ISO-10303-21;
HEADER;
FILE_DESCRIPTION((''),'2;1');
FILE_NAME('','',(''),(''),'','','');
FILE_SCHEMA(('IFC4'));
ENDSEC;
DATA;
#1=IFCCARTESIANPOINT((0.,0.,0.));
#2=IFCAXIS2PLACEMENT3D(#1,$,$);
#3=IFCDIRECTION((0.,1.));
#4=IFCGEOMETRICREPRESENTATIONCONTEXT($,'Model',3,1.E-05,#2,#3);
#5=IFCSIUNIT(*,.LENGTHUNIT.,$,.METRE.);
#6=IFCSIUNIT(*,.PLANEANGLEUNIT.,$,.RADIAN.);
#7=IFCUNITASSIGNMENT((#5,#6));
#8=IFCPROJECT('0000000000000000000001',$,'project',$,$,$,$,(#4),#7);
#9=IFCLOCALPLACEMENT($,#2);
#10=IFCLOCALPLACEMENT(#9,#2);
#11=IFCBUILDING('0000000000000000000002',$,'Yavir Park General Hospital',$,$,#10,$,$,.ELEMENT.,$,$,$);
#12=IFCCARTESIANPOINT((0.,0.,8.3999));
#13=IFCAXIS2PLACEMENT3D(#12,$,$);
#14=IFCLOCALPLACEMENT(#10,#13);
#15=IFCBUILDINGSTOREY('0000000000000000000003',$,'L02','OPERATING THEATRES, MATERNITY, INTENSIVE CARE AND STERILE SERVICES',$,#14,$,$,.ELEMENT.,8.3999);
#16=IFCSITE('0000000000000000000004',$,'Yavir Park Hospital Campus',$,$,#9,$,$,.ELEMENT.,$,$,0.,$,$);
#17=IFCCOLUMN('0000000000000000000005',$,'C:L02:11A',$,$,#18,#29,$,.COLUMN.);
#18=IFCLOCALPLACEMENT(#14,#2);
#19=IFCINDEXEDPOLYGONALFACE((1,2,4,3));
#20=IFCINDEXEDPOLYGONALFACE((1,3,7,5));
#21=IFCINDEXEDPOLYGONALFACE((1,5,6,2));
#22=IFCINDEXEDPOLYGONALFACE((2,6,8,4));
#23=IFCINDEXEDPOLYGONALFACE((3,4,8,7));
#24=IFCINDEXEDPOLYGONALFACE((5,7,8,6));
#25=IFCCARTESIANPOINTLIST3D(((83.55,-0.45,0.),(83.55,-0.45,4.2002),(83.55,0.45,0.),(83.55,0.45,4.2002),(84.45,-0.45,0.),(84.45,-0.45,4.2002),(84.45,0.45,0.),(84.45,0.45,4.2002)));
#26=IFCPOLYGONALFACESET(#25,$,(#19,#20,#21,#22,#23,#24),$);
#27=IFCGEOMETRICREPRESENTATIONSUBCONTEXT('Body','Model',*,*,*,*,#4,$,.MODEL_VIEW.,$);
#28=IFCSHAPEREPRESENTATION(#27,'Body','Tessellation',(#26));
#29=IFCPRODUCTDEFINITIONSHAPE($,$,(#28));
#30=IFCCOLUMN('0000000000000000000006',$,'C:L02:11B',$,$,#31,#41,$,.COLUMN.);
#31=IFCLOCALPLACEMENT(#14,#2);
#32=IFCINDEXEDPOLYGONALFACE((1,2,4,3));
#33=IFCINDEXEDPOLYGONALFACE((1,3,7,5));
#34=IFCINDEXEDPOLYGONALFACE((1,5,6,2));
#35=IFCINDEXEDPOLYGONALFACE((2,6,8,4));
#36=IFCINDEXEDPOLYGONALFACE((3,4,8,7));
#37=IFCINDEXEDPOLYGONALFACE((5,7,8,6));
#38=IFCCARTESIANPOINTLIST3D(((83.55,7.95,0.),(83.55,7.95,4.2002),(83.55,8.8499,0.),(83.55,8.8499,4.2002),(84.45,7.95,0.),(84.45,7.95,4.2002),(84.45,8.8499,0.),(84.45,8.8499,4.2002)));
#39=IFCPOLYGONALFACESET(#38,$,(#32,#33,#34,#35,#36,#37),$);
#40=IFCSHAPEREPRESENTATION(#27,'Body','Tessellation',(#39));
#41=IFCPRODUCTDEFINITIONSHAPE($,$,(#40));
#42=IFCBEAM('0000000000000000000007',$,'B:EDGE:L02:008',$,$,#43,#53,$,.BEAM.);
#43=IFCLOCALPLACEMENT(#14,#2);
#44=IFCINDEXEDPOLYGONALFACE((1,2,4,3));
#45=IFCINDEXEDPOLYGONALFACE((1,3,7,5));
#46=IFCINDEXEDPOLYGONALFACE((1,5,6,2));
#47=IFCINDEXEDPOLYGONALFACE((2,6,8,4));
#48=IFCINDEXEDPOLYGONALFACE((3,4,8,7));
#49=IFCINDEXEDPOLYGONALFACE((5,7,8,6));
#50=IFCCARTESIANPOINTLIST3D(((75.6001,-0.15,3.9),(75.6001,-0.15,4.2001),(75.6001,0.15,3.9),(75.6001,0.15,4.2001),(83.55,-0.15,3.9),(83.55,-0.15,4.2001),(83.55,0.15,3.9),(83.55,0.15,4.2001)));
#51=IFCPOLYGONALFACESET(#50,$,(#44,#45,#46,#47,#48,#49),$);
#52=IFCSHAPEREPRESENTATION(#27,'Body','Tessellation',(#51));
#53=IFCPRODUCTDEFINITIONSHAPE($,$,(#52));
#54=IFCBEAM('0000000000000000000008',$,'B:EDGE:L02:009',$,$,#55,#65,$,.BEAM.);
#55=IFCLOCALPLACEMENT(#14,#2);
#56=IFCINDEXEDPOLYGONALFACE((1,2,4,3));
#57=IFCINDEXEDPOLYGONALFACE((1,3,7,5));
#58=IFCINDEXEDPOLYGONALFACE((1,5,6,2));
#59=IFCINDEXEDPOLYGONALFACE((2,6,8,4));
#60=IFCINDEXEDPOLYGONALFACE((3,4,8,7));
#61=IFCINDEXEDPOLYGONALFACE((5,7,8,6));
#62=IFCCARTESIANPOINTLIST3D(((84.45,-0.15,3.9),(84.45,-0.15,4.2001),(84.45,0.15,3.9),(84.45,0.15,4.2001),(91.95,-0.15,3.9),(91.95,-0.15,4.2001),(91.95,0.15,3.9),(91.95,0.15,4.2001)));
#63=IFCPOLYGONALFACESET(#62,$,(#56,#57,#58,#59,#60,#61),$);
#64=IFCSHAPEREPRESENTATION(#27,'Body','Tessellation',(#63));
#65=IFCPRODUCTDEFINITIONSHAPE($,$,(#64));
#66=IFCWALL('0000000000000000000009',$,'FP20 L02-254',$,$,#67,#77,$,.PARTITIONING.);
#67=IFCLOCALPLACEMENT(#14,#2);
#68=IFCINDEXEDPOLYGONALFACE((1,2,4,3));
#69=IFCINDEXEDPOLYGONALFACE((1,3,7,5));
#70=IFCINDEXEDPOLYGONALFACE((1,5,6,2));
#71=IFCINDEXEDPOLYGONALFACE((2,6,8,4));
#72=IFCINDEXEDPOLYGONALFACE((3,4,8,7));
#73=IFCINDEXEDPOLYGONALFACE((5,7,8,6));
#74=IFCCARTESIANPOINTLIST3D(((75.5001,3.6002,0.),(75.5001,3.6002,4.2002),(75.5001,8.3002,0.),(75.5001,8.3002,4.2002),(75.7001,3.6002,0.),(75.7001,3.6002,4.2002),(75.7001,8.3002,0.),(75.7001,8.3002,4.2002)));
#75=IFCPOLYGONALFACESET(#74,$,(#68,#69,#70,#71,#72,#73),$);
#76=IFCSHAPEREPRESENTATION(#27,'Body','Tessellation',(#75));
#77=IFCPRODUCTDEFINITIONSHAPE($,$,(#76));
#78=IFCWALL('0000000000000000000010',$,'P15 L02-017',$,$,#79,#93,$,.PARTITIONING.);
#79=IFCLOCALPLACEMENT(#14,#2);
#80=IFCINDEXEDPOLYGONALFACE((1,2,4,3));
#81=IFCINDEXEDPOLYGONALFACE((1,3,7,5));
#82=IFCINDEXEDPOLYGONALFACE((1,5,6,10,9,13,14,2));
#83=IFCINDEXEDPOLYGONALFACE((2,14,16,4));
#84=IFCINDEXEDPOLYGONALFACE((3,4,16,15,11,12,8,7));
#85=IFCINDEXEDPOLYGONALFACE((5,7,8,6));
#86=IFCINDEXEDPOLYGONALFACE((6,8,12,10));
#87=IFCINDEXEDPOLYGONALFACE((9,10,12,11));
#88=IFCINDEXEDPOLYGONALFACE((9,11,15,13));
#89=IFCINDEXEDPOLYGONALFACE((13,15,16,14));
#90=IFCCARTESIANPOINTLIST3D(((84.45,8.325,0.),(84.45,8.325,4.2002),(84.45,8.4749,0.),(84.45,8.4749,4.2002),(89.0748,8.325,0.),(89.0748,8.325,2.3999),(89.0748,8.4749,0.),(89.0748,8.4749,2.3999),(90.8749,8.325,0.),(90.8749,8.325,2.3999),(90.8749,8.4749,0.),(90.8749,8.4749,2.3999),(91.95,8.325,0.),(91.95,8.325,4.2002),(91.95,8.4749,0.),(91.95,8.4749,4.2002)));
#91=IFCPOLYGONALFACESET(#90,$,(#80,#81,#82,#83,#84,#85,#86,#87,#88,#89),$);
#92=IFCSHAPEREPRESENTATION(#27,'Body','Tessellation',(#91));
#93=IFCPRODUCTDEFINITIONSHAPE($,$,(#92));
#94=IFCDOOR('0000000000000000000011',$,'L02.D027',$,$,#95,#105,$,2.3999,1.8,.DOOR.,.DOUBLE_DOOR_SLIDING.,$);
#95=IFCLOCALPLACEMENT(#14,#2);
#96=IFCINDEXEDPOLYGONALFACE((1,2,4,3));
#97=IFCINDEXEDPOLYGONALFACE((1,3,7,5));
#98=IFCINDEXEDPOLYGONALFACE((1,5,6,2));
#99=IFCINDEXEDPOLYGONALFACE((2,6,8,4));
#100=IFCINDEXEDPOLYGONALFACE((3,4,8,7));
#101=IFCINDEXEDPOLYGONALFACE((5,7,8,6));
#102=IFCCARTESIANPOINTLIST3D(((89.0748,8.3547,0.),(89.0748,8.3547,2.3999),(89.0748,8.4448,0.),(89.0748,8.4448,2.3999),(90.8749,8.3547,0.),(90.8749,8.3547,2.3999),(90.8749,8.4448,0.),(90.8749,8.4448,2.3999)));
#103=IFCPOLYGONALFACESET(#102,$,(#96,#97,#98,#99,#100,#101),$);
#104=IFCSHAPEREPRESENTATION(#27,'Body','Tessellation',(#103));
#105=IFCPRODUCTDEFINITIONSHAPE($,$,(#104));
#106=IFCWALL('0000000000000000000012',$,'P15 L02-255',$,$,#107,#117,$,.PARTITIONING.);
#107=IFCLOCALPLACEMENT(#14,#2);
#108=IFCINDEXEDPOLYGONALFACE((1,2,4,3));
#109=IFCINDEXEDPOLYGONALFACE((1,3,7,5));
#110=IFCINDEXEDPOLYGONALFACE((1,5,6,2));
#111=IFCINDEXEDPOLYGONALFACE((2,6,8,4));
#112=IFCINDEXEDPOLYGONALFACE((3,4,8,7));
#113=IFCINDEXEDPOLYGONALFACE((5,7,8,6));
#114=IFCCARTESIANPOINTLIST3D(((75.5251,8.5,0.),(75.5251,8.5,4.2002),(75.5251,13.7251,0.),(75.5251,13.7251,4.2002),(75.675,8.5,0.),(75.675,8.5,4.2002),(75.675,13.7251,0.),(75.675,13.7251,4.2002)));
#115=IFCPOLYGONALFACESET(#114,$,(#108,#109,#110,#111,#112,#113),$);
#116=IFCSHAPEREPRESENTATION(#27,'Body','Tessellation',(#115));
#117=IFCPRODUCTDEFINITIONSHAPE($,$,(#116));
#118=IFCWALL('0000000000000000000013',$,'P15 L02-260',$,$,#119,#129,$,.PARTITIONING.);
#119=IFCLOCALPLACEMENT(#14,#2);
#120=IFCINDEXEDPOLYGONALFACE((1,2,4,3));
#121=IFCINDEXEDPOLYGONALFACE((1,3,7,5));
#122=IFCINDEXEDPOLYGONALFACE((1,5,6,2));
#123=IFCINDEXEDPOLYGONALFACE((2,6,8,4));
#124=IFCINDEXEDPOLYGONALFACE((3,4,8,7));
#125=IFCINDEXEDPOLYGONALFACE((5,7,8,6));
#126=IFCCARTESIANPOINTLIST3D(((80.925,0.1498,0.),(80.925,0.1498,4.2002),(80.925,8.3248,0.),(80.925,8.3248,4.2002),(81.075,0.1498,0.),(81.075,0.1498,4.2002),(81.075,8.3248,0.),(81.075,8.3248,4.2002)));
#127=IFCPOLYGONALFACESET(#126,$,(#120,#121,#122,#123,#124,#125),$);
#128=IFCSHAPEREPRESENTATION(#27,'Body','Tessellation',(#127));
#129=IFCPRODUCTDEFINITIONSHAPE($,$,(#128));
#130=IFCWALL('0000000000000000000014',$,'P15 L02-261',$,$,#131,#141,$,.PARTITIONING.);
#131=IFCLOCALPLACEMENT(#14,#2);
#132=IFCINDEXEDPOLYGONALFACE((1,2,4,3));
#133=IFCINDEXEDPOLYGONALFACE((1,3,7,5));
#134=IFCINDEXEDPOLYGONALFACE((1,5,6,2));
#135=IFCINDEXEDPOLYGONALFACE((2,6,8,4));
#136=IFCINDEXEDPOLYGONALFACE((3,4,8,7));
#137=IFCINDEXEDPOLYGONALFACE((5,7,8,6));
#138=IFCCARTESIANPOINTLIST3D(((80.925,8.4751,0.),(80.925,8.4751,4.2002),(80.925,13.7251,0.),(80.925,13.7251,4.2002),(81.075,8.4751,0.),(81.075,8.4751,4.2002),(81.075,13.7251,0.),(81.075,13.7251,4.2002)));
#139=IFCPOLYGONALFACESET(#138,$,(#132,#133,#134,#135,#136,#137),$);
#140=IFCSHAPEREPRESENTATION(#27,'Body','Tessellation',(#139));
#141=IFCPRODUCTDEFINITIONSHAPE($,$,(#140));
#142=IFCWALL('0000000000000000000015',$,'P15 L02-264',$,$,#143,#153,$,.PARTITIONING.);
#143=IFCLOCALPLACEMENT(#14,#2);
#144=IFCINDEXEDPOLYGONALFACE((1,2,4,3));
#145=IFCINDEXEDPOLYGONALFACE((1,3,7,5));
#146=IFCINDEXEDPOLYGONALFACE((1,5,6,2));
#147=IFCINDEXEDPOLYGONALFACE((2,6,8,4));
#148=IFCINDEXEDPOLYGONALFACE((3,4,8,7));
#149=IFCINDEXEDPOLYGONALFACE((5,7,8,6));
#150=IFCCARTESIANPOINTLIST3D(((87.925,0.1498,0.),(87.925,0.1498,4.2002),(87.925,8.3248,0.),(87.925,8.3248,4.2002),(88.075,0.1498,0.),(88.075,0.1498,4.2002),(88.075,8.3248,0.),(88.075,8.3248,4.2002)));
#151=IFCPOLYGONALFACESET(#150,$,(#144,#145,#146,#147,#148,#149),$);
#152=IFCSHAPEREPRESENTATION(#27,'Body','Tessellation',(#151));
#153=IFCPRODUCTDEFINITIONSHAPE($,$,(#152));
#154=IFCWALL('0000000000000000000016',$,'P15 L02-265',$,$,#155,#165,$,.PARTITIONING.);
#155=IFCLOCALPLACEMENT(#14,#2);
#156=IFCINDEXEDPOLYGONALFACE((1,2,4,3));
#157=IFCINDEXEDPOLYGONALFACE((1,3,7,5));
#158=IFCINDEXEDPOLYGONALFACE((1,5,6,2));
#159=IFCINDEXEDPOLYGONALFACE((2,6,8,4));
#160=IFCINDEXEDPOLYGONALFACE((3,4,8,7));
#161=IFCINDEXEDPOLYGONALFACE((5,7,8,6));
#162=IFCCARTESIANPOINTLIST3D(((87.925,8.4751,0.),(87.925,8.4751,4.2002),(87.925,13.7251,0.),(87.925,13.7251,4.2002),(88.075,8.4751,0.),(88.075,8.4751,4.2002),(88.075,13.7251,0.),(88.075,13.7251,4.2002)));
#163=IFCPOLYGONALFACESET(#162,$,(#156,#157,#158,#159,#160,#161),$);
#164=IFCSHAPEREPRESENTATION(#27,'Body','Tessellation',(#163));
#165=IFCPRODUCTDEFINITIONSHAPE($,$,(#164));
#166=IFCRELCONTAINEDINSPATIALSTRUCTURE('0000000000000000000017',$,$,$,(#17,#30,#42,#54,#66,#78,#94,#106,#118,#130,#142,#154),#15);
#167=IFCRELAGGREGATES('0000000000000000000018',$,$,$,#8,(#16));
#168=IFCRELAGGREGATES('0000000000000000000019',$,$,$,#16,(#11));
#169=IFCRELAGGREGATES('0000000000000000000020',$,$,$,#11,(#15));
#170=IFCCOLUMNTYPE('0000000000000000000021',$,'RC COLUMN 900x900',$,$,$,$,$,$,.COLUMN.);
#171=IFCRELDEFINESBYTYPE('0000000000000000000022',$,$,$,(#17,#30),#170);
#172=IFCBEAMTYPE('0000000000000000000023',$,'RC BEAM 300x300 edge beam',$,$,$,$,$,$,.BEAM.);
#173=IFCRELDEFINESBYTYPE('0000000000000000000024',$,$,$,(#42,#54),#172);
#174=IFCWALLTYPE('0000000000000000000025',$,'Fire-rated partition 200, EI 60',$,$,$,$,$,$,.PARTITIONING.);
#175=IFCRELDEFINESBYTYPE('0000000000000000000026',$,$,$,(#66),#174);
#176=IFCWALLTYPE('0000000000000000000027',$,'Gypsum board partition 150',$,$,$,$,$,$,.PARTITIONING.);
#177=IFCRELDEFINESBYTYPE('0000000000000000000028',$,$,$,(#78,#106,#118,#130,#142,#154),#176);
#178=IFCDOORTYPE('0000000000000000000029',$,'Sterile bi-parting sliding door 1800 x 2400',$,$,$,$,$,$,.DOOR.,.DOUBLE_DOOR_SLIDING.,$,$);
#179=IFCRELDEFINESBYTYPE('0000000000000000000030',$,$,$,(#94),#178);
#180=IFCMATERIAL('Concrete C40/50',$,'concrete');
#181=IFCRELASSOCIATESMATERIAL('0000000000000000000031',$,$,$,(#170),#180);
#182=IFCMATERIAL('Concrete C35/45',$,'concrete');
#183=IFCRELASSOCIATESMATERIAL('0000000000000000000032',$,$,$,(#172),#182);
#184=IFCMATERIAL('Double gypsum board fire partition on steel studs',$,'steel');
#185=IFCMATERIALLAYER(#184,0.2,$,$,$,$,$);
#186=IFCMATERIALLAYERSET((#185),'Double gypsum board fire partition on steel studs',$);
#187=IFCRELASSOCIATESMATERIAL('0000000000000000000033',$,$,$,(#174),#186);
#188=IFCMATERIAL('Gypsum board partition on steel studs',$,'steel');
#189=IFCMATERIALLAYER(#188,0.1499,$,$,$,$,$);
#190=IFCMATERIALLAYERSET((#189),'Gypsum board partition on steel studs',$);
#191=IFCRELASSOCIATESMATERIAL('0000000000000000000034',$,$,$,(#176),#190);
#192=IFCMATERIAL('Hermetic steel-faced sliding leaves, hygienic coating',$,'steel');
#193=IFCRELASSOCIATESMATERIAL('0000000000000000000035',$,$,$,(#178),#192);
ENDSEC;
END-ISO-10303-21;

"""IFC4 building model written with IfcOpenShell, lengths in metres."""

from ifc_helpers import new_model, si_unit, direction, frame, frame_2d, origin, origin_2d, place, context, subcontext, project, spatial, rectangle, extrude, material, layer, layer_set, material_profile, profile_set, type_object, element, fill, save


model = new_model("IFC4")

# Units and contexts
model_context = context("Model", 3, precision=1e-05, world=origin(), true_north=direction((0.0, 1.0)))
body_context = subcontext(model_context, "Body", "Model", "MODEL_VIEW")
ifc_project = project(units=[si_unit("LENGTHUNIT", "METRE"), si_unit("PLANEANGLEUNIT", "RADIAN")], contexts=[model_context])

# Site, building, storey
site_placement = place(None, origin())
site = spatial("IfcSite", under=ifc_project, at=site_placement, Name="Yavir Park Hospital Campus", CompositionType="ELEMENT", RefElevation=0.0)
building_placement = place(site_placement, origin())
building = spatial("IfcBuilding", under=site, at=building_placement, Name="Yavir Park General Hospital", CompositionType="ELEMENT")
storey_placement = place(building_placement, frame((0.0, 0.0, 8.3999)))
storey = spatial("IfcBuildingStorey", under=building, at=storey_placement, Name="L02", Description="OPERATING THEATRES, MATERNITY, INTENSIVE CARE AND STERILE SERVICES", CompositionType="ELEMENT", Elevation=8.3999)

# Columns
ifc_material_1 = material(Name="Concrete C40/50", Category="concrete")
ifc_material_profile_1 = material_profile(ifc_material_1, rectangle(XDim=0.8999, YDim=0.8999, at=origin_2d()), Name="RC900x900")
ifc_profile_set_1 = profile_set([ifc_material_profile_1], Name="Concrete C40/50")
column_type = type_object("IfcColumnType", Name="RC COLUMN 900x900", PredefinedType="COLUMN", material=ifc_profile_set_1)
for number, where, z_axis, x_axis, name in (
    (1, (84.0, 0.0, 0.0), (0.0, 0.0, 1.0), (1.0, 0.0, 0.0), "C:L02:11A"),
    (2, (84.0, 8.3999, 0.0), (0.0, 0.0, 1.0), (1.0, 0.0, 0.0), "C:L02:11B"),
):
    element("IfcColumn", number, at=place(storey_placement, frame(where, z_axis=z_axis, x_axis=x_axis)), inside=storey, type_object=column_type, Name=name, PredefinedType="COLUMN", context=body_context, shape_type="SweptSolid", body=[
        extrude(rectangle(XDim=0.8999, YDim=0.8999, at=origin_2d()), origin(), (0.0, 0.0, 1.0), 4.2002),
    ])

# Beams
ifc_material_2 = material(Name="Concrete C35/45", Category="concrete")
ifc_material_profile_2 = material_profile(ifc_material_2, rectangle(XDim=0.3, YDim=0.3, at=origin_2d()), Name="RC300x300")
ifc_profile_set_2 = profile_set([ifc_material_profile_2], Name="Concrete C35/45")
beam_type = type_object("IfcBeamType", Name="RC BEAM 300x300 edge beam", PredefinedType="BEAM", material=ifc_profile_set_2)
beam_1_placement = place(storey_placement, frame((75.6001, 0.0, 4.05), z_axis=(1.0, 0.0, 0.0), x_axis=(0.0, 1.0, 0.0)))
element("IfcBeam", 3, at=beam_1_placement, inside=storey, type_object=beam_type, Name="B:EDGE:L02:008", PredefinedType="BEAM", context=body_context, shape_type="SweptSolid", body=[
    extrude(rectangle(XDim=0.3, YDim=0.3, at=origin_2d()), origin(), (0.0, 0.0, 1.0), 7.95),
])
beam_2_placement = place(storey_placement, frame((84.45, 0.0, 4.05), z_axis=(1.0, 0.0, 0.0), x_axis=(0.0, 1.0, 0.0)))
element("IfcBeam", 4, at=beam_2_placement, inside=storey, type_object=beam_type, Name="B:EDGE:L02:009", PredefinedType="BEAM", context=body_context, shape_type="SweptSolid", body=[
    extrude(rectangle(XDim=0.3, YDim=0.3, at=origin_2d()), origin(), (0.0, 0.0, 1.0), 7.5),
])

# Wall
ifc_material_3 = material(Name="Double gypsum board fire partition on steel studs", Category="steel")
ifc_layer_1 = layer(ifc_material_3, 0.2)
ifc_layer_set_1 = layer_set([ifc_layer_1], Name="Double gypsum board fire partition on steel studs")
wall_type_1 = type_object("IfcWallType", Name="Fire-rated partition 200, EI 60", PredefinedType="PARTITIONING", material=ifc_layer_set_1)
wall_1_placement = place(storey_placement, frame((75.6001, 3.6001, 0.0), z_axis=(0.0, 0.0, 1.0), x_axis=(0.0, 1.0, 0.0)))
element("IfcWall", 5, at=wall_1_placement, inside=storey, type_object=wall_type_1, Name="FP20 L02-254", PredefinedType="PARTITIONING", context=body_context, shape_type="SweptSolid", body=[
    extrude(rectangle(XDim=4.7, YDim=0.2, at=frame_2d((2.3501, 0.0))), origin(), (0.0, 0.0, 1.0), 4.2002),
])

# Shared definitions
ifc_material_4 = material(Name="Gypsum board partition on steel studs", Category="steel")
ifc_layer_2 = layer(ifc_material_4, 0.1499)
ifc_layer_set_2 = layer_set([ifc_layer_2], Name="Gypsum board partition on steel studs")
wall_type_2 = type_object("IfcWallType", Name="Gypsum board partition 150", PredefinedType="PARTITIONING", material=ifc_layer_set_2)
ifc_material_5 = material(Name="Hermetic steel-faced sliding leaves, hygienic coating", Category="steel")
door_type = type_object("IfcDoorType", Name="Sterile bi-parting sliding door 1800 x 2400", OperationType="DOUBLE_DOOR_SLIDING", PredefinedType="DOOR", material=ifc_material_5)

# Wall, opening, door
wall_2_placement = place(storey_placement, frame((84.45, 8.3999, 0.0), z_axis=(0.0, 0.0, 1.0), x_axis=(1.0, 0.0, 0.0)))
wall_2 = element("IfcWall", 6, at=wall_2_placement, inside=storey, type_object=wall_type_2, Name="P15 L02-017", PredefinedType="PARTITIONING", context=body_context, shape_type="SweptSolid", body=[
    extrude(rectangle(XDim=7.5, YDim=0.1499, at=frame_2d((3.75, 0.0))), origin(), (0.0, 0.0, 1.0), 4.2002),
])
opening_1_placement = place(wall_2_placement, frame((4.625, 0.0, 0.0)))
opening_1 = element("IfcOpeningElement", 7, at=opening_1_placement, cuts=wall_2, PredefinedType="OPENING", context=body_context, shape_type="SweptSolid", body=[
    extrude(rectangle(XDim=1.8, YDim=2.3999, at=frame_2d((0.8999, 1.2))), frame((0.0, 0.085, 0.0), z_axis=(0.0, -1.0, 0.0), x_axis=(1.0, 0.0, 0.0)), (0.0, 0.0, 1.0), 0.1699),
])
door_1_placement = place(opening_1_placement, origin())
door_1 = element("IfcDoor", 8, at=door_1_placement, inside=storey, type_object=door_type, Name="L02.D027", OperationType="DOUBLE_DOOR_SLIDING", OverallHeight=2.3999, OverallWidth=1.8, PredefinedType="DOOR", context=body_context, shape_type="SweptSolid", body=[
    extrude(rectangle(XDim=1.8, YDim=2.3999, at=frame_2d((0.8999, 1.2))), frame((0.0, 0.0449, 0.0), z_axis=(0.0, -1.0, 0.0), x_axis=(1.0, 0.0, 0.0)), (0.0, 0.0, 1.0), 0.0901),
])
fill(opening_1, door_1)

# Walls
wall_3_placement = place(storey_placement, frame((75.6001, 8.5, 0.0), z_axis=(0.0, 0.0, 1.0), x_axis=(0.0, 1.0, 0.0)))
element("IfcWall", 9, at=wall_3_placement, inside=storey, type_object=wall_type_2, Name="P15 L02-255", PredefinedType="PARTITIONING", context=body_context, shape_type="SweptSolid", body=[
    extrude(rectangle(XDim=5.2251, YDim=0.1499, at=frame_2d((2.6125, 0.0))), origin(), (0.0, 0.0, 1.0), 4.2002),
])
wall_4_placement = place(storey_placement, frame((81.0, 0.1499, 0.0), z_axis=(0.0, 0.0, 1.0), x_axis=(0.0, 1.0, 0.0)))
element("IfcWall", 10, at=wall_4_placement, inside=storey, type_object=wall_type_2, Name="P15 L02-260", PredefinedType="PARTITIONING", context=body_context, shape_type="SweptSolid", body=[
    extrude(rectangle(XDim=8.175, YDim=0.1499, at=frame_2d((4.0874, 0.0))), origin(), (0.0, 0.0, 1.0), 4.2002),
])
wall_5_placement = place(storey_placement, frame((81.0, 8.4751, 0.0), z_axis=(0.0, 0.0, 1.0), x_axis=(0.0, 1.0, 0.0)))
element("IfcWall", 11, at=wall_5_placement, inside=storey, type_object=wall_type_2, Name="P15 L02-261", PredefinedType="PARTITIONING", context=body_context, shape_type="SweptSolid", body=[
    extrude(rectangle(XDim=5.25, YDim=0.1499, at=frame_2d((2.625, 0.0))), origin(), (0.0, 0.0, 1.0), 4.2002),
])
wall_6_placement = place(storey_placement, frame((88.0, 0.1499, 0.0), z_axis=(0.0, 0.0, 1.0), x_axis=(0.0, 1.0, 0.0)))
element("IfcWall", 12, at=wall_6_placement, inside=storey, type_object=wall_type_2, Name="P15 L02-264", PredefinedType="PARTITIONING", context=body_context, shape_type="SweptSolid", body=[
    extrude(rectangle(XDim=8.175, YDim=0.1499, at=frame_2d((4.0874, 0.0))), origin(), (0.0, 0.0, 1.0), 4.2002),
])
wall_7_placement = place(storey_placement, frame((88.0, 8.4751, 0.0), z_axis=(0.0, 0.0, 1.0), x_axis=(0.0, 1.0, 0.0)))
element("IfcWall", 13, at=wall_7_placement, inside=storey, type_object=wall_type_2, Name="P15 L02-265", PredefinedType="PARTITIONING", context=body_context, shape_type="SweptSolid", body=[
    extrude(rectangle(XDim=5.25, YDim=0.1499, at=frame_2d((2.625, 0.0))), origin(), (0.0, 0.0, 1.0), 4.2002),
])

save(model, "model.ifc")
